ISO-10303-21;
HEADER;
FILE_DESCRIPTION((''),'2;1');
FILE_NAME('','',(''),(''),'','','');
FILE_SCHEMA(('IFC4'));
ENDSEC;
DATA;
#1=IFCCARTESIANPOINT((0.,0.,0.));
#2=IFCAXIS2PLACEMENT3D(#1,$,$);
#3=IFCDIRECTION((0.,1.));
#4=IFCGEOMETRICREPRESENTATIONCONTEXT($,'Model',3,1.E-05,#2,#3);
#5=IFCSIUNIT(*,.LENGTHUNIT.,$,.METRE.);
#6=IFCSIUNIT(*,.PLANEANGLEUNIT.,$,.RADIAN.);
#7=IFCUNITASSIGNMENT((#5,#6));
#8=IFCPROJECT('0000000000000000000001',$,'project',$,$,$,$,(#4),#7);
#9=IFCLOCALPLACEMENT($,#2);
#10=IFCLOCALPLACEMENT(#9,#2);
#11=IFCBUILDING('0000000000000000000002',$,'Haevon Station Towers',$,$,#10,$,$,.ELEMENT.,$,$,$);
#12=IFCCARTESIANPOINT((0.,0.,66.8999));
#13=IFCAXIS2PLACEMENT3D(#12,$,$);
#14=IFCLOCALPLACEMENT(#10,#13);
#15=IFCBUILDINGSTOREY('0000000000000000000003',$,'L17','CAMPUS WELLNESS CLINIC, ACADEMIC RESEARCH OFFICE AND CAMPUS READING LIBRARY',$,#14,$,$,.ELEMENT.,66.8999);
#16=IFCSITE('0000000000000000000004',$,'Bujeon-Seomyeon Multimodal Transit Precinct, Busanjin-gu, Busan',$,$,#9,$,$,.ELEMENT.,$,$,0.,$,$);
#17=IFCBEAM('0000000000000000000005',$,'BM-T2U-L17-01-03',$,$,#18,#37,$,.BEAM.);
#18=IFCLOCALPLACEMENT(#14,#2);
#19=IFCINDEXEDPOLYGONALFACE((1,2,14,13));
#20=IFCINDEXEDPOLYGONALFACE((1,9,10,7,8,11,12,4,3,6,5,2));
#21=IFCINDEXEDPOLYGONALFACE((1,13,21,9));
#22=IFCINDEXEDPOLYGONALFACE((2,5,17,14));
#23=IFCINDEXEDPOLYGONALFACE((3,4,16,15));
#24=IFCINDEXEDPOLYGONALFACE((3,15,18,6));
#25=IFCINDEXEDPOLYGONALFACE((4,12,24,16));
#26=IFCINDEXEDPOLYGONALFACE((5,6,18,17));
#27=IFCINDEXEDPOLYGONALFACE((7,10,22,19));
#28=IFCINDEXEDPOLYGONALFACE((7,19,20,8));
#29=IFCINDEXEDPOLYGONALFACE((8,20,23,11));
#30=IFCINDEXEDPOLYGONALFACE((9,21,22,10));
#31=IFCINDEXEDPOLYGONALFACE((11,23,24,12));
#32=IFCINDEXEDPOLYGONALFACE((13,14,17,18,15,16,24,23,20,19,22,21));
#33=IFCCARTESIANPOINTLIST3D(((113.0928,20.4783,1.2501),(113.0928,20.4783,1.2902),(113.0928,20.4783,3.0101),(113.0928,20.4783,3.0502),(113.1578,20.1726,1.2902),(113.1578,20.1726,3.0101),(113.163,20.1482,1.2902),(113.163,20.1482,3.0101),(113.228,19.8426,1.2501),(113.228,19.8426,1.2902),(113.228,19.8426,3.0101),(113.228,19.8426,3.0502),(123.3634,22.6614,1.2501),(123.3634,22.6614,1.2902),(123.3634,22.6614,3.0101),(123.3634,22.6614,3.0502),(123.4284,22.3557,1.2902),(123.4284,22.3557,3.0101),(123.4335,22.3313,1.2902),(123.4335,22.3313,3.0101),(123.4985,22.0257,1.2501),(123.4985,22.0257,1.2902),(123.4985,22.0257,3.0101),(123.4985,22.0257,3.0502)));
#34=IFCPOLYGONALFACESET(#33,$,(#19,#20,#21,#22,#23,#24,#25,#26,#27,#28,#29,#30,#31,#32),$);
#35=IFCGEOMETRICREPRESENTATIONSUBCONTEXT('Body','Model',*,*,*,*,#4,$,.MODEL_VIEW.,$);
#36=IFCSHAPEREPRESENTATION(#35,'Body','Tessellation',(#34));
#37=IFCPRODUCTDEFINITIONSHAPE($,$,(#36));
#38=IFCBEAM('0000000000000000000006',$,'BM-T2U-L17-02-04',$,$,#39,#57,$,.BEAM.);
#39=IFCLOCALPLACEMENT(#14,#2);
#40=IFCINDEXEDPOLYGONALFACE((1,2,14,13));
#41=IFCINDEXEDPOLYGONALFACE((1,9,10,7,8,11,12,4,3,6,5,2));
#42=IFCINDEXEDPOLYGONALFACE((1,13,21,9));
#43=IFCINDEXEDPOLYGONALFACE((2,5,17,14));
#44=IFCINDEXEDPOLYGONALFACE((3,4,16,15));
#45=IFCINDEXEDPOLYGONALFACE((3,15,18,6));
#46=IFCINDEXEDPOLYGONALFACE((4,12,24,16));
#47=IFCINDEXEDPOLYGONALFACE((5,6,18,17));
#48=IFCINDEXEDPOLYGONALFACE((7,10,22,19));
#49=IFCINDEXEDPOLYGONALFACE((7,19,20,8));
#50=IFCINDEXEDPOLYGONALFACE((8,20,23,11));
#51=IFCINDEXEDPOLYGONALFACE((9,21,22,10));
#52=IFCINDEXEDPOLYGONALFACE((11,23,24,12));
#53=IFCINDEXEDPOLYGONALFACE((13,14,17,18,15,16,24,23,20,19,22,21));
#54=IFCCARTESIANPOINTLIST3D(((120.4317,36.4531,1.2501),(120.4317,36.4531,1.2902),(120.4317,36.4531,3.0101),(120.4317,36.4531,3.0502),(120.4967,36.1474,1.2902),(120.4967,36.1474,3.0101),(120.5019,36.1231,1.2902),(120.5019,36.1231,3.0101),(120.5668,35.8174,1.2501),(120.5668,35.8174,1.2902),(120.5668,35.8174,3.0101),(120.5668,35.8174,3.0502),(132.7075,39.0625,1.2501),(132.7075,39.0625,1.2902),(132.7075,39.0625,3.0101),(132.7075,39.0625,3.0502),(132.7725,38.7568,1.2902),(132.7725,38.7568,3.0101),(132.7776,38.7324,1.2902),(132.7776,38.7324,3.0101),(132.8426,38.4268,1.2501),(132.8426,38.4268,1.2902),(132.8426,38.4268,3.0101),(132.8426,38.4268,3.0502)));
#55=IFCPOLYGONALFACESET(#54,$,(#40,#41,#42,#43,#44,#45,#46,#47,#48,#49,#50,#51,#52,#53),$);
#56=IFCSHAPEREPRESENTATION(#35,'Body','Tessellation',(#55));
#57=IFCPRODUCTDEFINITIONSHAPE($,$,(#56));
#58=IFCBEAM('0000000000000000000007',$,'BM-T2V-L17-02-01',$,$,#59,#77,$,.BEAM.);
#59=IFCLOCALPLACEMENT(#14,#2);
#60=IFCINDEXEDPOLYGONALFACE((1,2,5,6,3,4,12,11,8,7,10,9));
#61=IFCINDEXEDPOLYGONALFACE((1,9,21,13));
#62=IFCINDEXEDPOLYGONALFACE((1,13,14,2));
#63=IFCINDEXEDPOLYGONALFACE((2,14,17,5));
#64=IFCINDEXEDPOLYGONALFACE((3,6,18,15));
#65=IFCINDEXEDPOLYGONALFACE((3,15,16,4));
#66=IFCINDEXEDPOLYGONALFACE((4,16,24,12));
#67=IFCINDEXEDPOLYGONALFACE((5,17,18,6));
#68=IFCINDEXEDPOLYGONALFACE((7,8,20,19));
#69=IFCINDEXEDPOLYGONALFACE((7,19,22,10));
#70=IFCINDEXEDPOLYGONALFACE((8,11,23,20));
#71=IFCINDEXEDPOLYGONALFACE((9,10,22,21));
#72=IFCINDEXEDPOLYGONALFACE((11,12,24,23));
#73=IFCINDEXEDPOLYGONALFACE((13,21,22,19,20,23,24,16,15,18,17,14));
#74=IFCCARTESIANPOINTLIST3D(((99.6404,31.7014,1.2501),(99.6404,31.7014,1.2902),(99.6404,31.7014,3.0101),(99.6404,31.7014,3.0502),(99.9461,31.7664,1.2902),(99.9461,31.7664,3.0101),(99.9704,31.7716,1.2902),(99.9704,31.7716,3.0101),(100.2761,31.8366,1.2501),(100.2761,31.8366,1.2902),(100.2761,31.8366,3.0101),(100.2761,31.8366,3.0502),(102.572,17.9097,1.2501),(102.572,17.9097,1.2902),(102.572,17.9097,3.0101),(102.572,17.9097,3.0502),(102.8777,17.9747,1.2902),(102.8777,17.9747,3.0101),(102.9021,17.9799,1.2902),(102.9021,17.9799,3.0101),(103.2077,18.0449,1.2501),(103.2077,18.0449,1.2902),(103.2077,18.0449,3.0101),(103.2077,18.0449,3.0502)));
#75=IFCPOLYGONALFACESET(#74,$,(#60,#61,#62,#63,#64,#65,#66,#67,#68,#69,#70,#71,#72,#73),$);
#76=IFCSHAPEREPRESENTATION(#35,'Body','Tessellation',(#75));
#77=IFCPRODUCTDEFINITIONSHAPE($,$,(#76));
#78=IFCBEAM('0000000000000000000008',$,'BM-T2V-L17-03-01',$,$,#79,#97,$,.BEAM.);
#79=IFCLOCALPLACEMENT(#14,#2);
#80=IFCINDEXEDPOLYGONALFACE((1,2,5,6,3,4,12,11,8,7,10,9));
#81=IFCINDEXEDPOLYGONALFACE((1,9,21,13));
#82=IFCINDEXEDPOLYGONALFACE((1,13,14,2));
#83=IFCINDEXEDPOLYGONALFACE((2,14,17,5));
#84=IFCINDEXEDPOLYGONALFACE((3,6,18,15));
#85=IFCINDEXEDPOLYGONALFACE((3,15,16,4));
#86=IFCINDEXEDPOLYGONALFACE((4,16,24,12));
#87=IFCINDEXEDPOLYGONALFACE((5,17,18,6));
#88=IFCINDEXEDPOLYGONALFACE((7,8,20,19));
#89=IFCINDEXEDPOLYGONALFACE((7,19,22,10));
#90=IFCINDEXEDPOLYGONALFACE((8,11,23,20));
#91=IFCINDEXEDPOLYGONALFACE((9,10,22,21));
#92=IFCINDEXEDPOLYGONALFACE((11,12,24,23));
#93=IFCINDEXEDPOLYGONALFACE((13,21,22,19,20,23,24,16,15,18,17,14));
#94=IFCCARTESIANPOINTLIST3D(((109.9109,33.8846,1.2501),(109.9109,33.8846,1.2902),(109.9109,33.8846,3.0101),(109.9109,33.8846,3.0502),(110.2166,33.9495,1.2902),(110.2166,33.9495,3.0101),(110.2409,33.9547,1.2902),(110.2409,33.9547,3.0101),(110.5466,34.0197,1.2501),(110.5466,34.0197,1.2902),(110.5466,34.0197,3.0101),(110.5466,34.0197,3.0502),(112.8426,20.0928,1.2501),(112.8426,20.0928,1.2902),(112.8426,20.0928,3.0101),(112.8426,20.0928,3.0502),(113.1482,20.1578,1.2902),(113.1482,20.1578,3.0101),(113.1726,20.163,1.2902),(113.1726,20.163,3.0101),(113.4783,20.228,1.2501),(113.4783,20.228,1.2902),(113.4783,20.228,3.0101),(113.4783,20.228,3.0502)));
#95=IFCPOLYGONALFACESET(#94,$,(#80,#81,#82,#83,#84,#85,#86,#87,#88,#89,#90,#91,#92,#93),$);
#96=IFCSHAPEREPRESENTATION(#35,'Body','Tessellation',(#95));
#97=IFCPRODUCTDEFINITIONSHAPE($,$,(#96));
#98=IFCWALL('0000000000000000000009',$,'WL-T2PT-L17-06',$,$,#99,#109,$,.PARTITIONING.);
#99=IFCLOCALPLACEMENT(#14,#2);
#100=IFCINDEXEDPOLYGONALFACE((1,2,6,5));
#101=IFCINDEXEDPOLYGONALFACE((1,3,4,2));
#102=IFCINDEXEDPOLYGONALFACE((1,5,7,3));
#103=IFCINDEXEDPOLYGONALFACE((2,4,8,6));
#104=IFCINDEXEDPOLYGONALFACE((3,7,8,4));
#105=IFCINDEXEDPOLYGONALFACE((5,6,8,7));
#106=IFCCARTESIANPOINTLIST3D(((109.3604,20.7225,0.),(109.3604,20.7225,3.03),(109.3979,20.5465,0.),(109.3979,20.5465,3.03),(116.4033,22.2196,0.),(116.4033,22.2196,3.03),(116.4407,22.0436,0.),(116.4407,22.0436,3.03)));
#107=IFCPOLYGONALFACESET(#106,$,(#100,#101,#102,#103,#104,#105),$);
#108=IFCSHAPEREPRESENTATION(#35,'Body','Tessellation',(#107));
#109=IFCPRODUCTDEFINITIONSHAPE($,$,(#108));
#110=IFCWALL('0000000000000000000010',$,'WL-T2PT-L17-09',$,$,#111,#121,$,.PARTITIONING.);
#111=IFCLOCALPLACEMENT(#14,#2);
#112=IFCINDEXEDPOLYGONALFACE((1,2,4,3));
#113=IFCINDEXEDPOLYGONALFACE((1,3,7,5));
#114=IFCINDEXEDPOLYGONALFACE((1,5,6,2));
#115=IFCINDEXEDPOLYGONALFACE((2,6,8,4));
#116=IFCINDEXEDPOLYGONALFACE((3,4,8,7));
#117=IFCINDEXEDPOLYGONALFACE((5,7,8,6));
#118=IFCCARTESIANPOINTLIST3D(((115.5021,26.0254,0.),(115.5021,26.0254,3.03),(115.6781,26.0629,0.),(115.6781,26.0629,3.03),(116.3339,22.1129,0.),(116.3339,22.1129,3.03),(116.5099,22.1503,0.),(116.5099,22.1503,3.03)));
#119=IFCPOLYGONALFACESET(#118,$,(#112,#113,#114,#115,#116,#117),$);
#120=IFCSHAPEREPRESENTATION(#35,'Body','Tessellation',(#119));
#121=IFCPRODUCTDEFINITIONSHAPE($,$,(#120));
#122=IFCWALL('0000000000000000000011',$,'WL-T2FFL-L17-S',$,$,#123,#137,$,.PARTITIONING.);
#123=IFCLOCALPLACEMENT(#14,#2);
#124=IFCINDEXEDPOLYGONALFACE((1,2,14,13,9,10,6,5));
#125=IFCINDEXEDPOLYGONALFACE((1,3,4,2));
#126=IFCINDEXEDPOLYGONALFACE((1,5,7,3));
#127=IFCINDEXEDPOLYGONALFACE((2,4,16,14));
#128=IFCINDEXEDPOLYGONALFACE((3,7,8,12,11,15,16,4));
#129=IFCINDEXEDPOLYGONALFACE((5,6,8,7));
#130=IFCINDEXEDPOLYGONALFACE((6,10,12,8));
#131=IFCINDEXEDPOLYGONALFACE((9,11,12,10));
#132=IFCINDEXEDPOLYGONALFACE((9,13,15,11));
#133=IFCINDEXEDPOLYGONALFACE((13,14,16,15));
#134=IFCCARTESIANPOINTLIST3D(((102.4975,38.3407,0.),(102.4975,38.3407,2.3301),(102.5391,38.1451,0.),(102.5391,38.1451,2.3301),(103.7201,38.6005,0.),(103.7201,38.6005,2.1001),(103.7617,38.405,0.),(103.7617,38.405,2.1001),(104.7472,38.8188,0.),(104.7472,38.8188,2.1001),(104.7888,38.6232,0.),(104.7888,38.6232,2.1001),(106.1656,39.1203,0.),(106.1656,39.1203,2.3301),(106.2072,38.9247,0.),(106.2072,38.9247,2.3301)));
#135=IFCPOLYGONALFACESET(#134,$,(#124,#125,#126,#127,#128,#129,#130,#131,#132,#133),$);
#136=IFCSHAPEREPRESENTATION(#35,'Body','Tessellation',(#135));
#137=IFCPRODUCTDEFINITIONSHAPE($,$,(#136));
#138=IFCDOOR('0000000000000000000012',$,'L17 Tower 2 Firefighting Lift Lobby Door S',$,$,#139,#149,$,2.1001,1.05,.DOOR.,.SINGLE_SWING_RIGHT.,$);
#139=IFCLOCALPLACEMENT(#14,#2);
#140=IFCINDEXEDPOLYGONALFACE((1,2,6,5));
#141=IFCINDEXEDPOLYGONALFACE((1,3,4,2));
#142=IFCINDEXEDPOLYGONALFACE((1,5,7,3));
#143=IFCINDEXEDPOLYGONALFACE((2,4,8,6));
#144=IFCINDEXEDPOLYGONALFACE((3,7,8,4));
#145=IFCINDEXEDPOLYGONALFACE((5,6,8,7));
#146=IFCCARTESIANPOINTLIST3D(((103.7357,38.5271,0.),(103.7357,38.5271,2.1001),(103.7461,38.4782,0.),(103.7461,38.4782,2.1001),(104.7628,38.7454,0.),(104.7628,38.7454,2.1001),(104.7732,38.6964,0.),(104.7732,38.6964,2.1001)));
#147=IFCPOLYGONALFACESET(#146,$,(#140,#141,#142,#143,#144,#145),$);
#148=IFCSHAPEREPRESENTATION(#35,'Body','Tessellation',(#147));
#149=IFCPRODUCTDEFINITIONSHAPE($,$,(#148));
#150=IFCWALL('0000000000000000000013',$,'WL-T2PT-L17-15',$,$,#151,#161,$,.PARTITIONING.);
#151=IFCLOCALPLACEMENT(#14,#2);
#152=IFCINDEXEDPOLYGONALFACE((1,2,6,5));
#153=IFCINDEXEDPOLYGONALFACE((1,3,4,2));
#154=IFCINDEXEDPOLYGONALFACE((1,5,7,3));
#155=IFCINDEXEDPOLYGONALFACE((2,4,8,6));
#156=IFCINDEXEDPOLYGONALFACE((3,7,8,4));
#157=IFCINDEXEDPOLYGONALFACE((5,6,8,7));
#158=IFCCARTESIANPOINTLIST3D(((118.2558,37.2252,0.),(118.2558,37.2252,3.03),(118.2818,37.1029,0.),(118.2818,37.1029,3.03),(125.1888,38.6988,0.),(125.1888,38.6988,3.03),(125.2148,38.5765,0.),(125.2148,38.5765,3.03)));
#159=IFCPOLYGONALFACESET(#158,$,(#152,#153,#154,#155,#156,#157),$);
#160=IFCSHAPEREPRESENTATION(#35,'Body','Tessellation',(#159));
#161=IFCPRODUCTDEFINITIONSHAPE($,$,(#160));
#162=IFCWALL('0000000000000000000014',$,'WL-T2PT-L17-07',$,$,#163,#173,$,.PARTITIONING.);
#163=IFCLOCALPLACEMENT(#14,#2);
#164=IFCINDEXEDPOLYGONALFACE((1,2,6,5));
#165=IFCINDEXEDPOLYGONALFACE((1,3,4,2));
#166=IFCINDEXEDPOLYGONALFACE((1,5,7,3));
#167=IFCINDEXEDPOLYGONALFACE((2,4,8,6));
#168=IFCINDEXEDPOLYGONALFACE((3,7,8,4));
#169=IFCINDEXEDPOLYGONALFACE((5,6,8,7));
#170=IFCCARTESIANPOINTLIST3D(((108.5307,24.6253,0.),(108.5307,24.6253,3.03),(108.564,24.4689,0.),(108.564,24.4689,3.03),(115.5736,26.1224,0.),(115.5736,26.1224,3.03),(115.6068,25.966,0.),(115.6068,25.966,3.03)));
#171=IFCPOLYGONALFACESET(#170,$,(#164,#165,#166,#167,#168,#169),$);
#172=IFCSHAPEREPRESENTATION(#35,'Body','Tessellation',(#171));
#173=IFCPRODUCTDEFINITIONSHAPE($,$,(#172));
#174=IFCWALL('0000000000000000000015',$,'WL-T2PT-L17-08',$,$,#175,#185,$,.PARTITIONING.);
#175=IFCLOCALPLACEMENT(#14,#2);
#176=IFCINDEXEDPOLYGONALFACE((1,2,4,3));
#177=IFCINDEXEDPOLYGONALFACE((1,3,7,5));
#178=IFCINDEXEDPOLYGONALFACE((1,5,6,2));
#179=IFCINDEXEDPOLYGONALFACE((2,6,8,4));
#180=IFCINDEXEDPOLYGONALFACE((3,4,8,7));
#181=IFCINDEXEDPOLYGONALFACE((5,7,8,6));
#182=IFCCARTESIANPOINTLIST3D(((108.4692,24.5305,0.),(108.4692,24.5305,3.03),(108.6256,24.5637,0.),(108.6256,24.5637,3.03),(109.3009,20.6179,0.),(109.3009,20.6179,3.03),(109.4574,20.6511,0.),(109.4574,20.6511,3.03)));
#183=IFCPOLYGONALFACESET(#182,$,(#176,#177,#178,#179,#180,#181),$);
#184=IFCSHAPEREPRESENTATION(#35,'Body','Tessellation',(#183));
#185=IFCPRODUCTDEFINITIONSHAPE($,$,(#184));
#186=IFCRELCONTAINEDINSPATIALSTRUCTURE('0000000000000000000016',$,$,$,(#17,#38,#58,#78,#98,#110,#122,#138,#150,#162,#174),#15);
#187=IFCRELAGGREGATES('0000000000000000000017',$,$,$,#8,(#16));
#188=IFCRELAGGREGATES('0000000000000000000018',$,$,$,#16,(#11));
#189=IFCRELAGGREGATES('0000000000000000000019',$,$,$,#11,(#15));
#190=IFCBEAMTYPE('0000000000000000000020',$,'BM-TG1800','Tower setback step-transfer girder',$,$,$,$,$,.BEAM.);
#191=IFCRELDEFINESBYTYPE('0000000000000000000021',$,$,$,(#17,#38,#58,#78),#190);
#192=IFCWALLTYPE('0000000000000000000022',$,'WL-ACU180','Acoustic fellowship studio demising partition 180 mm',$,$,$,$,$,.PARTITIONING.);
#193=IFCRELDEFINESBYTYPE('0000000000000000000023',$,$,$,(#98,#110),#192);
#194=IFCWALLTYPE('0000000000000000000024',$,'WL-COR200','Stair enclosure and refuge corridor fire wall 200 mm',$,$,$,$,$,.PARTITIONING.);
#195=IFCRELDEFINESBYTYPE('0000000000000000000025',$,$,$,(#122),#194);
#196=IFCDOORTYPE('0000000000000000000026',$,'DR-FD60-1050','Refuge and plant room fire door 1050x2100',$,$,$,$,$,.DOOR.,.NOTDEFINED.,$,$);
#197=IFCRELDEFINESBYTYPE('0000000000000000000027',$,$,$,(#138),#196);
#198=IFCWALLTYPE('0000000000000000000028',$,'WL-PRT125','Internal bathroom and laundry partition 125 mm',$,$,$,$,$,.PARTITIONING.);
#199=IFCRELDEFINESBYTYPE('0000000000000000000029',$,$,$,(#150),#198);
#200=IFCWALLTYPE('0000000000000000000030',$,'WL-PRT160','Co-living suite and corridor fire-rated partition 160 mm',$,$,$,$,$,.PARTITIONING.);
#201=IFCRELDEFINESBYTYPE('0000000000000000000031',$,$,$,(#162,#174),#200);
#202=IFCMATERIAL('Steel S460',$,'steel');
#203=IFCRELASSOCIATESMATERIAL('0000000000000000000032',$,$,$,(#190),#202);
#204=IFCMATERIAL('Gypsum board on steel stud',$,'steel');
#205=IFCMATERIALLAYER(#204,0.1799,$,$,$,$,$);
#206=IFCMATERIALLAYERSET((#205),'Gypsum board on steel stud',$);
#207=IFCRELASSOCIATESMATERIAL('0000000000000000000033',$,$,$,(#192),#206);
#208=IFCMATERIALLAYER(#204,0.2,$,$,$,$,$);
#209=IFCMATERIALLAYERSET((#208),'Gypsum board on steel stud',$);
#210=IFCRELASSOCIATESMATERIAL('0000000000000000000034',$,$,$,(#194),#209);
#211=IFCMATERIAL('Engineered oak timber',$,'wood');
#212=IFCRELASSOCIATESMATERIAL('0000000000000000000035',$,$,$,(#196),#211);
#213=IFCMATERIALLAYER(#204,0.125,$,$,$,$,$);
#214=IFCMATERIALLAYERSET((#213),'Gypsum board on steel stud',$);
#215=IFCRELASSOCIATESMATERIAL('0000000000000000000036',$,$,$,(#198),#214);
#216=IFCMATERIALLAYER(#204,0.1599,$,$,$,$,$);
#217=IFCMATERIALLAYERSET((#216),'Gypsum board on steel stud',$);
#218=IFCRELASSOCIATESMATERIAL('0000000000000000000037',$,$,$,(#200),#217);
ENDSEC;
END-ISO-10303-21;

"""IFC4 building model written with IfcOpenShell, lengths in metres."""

from ifc_helpers import new_model, si_unit, direction, frame, frame_2d, origin, origin_2d, place, context, subcontext, project, spatial, rectangle, i_section, extrude, material, layer, layer_set, material_profile, profile_set, type_object, element, fill, save


model = new_model("IFC4")

# Units and contexts
model_context = context("Model", 3, precision=1e-05, world=origin(), true_north=direction((0.0, 1.0)))
body_context = subcontext(model_context, "Body", "Model", "MODEL_VIEW")
ifc_project = project(units=[si_unit("LENGTHUNIT", "METRE"), si_unit("PLANEANGLEUNIT", "RADIAN")], contexts=[model_context])

# Site, building, storey
site_placement = place(None, origin())
site = spatial("IfcSite", under=ifc_project, at=site_placement, Name="Bujeon-Seomyeon Multimodal Transit Precinct, Busanjin-gu, Busan", CompositionType="ELEMENT", RefElevation=0.0)
building_placement = place(site_placement, origin())
building = spatial("IfcBuilding", under=site, at=building_placement, Name="Haevon Station Towers", CompositionType="ELEMENT")
storey_placement = place(building_placement, frame((0.0, 0.0, 66.8999)))
storey = spatial("IfcBuildingStorey", under=building, at=storey_placement, Name="L17", Description="CAMPUS WELLNESS CLINIC, ACADEMIC RESEARCH OFFICE AND CAMPUS READING LIBRARY", CompositionType="ELEMENT", Elevation=66.8999)

# Shared definitions
ifc_material_1 = material(Name="Steel S460", Category="steel")

# Beams
ifc_material_profile_1 = material_profile(ifc_material_1, i_section(OverallWidth=0.6499, OverallDepth=1.8, WebThickness=0.0249, FlangeThickness=0.04, at=origin_2d()), Name="H-1800x650x25x40")
ifc_profile_set_1 = profile_set([ifc_material_profile_1], Name="Steel S460")
beam_type_1 = type_object("IfcBeamType", Name="BM-TG1800", Description="Tower setback step-transfer girder", PredefinedType="BEAM", material=ifc_profile_set_1)
for number, where, z_axis, x_axis, name in (
    (1, (113.1604, 20.1604, 2.1501), (0.978147, 0.207915, 0.0), (-0.207915, 0.978147, 0.0), "BM-T2U-L17-01-03"),
):
    element("IfcBeam", number, at=place(storey_placement, frame(where, z_axis=z_axis, x_axis=x_axis)), inside=storey, type_object=beam_type_1, Name=name, PredefinedType="BEAM", context=body_context, shape_type="SweptSolid", body=[
        extrude(i_section(OverallWidth=0.6499, OverallDepth=1.8, WebThickness=0.0249, FlangeThickness=0.04, at=origin_2d()), origin(), (0.0, 0.0, 1.0), 10.5),
    ])
beam_1_placement = place(storey_placement, frame((120.4993, 36.1353, 2.1501), z_axis=(0.978147, 0.207916, 0.0), x_axis=(-0.207916, 0.978147, 0.0)))
element("IfcBeam", 2, at=beam_1_placement, inside=storey, type_object=beam_type_1, Name="BM-T2U-L17-02-04", PredefinedType="BEAM", context=body_context, shape_type="SweptSolid", body=[
    extrude(i_section(OverallWidth=0.6499, OverallDepth=1.8, WebThickness=0.0249, FlangeThickness=0.04, at=origin_2d()), origin(), (0.0, 0.0, 1.0), 12.55),
])
for number, where, z_axis, x_axis, name in (
    (3, (102.8899, 17.9773, 2.1501), (-0.207919, 0.978146, 0.0), (-0.978146, -0.207919, 0.0), "BM-T2V-L17-02-01"),
    (4, (113.1604, 20.1604, 2.1501), (-0.207919, 0.978146, 0.0), (-0.978146, -0.207919, 0.0), "BM-T2V-L17-03-01"),
):
    element("IfcBeam", number, at=place(storey_placement, frame(where, z_axis=z_axis, x_axis=x_axis)), inside=storey, type_object=beam_type_1, Name=name, PredefinedType="BEAM", context=body_context, shape_type="SweptSolid", body=[
        extrude(i_section(OverallWidth=0.6499, OverallDepth=1.8, WebThickness=0.0249, FlangeThickness=0.04, at=origin_2d()), origin(), (0.0, 0.0, 1.0), 14.0999),
    ])

# Walls
ifc_material_2 = material(Name="Gypsum board on steel stud", Category="steel")
ifc_layer_1 = layer(ifc_material_2, 0.1799)
ifc_layer_set_1 = layer_set([ifc_layer_1], Name="Gypsum board on steel stud")
wall_type_1 = type_object("IfcWallType", Name="WL-ACU180", Description="Acoustic fellowship studio demising partition 180 mm", PredefinedType="PARTITIONING", material=ifc_layer_set_1)
wall_1_placement = place(storey_placement, frame((109.3792, 20.6345, 0.0), z_axis=(0.0, 0.0, 1.0), x_axis=(0.978145, 0.207924, 0.0)))
element("IfcWall", 5, at=wall_1_placement, inside=storey, type_object=wall_type_1, Name="WL-T2PT-L17-06", PredefinedType="PARTITIONING", context=body_context, shape_type="SweptSolid", body=[
    extrude(rectangle(XDim=7.2002, YDim=0.1799, at=frame_2d((3.6001, 0.0))), origin(), (0.0, 0.0, 1.0), 3.03),
])
wall_2_placement = place(storey_placement, frame((116.4219, 22.1316, 0.0), z_axis=(0.0, 0.0, 1.0), x_axis=(-0.207945, 0.978141, 0.0)))
element("IfcWall", 6, at=wall_2_placement, inside=storey, type_object=wall_type_1, Name="WL-T2PT-L17-09", PredefinedType="PARTITIONING", context=body_context, shape_type="SweptSolid", body=[
    extrude(rectangle(XDim=4.0, YDim=0.1799, at=frame_2d((2.0, 0.0))), origin(), (0.0, 0.0, 1.0), 3.03),
])

# Wall, opening, door
ifc_layer_2 = layer(ifc_material_2, 0.2)
ifc_layer_set_2 = layer_set([ifc_layer_2], Name="Gypsum board on steel stud")
wall_type_2 = type_object("IfcWallType", Name="WL-COR200", Description="Stair enclosure and refuge corridor fire wall 200 mm", PredefinedType="PARTITIONING", material=ifc_layer_set_2)
wall_3_placement = place(storey_placement, frame((102.5183, 38.2429, 0.0), z_axis=(0.0, 0.0, 1.0), x_axis=(0.978154, 0.207884, 0.0)))
wall_3 = element("IfcWall", 7, at=wall_3_placement, inside=storey, type_object=wall_type_2, Name="WL-T2FFL-L17-S", PredefinedType="PARTITIONING", context=body_context, shape_type="SweptSolid", body=[
    extrude(rectangle(XDim=3.75, YDim=0.2, at=frame_2d((1.875, 0.0))), origin(), (0.0, 0.0, 1.0), 2.3301),
])
opening_placement = place(wall_3_placement, frame((1.25, 0.0, 0.0)))
opening = element("IfcOpeningElement", 8, at=opening_placement, cuts=wall_3, PredefinedType="OPENING", context=body_context, shape_type="SweptSolid", body=[
    extrude(rectangle(XDim=1.05, YDim=2.1001, at=frame_2d((0.5249, 1.05))), frame((0.0, 0.1099, 0.0), z_axis=(0.0, -1.0, 0.0), x_axis=(1.0, 0.0, 0.0)), (0.0, 0.0, 1.0), 0.22),
])
ifc_material_3 = material(Name="Engineered oak timber", Category="wood")
door_type = type_object("IfcDoorType", Name="DR-FD60-1050", Description="Refuge and plant room fire door 1050x2100", OperationType="NOTDEFINED", PredefinedType="DOOR", material=ifc_material_3)
door_placement = place(opening_placement, origin())
door = element("IfcDoor", 9, at=door_placement, inside=storey, type_object=door_type, Name="L17 Tower 2 Firefighting Lift Lobby Door S", OperationType="SINGLE_SWING_RIGHT", OverallHeight=2.1001, OverallWidth=1.05, PredefinedType="DOOR", context=body_context, shape_type="SweptSolid", body=[
    extrude(rectangle(XDim=1.05, YDim=2.1001, at=frame_2d((0.5249, 1.05))), frame((0.0, 0.0249, 0.0), z_axis=(0.0, -1.0, 0.0), x_axis=(1.0, 0.0, 0.0)), (0.0, 0.0, 1.0), 0.05),
])
fill(opening, door)

# Walls
ifc_layer_3 = layer(ifc_material_2, 0.125)
ifc_layer_set_3 = layer_set([ifc_layer_3], Name="Gypsum board on steel stud")
wall_type_3 = type_object("IfcWallType", Name="WL-PRT125", Description="Internal bathroom and laundry partition 125 mm", PredefinedType="PARTITIONING", material=ifc_layer_set_3)
wall_4_placement = place(storey_placement, frame((118.2688, 37.1641, 0.0), z_axis=(0.0, 0.0, 1.0), x_axis=(0.978149, 0.207906, 0.0)))
element("IfcWall", 10, at=wall_4_placement, inside=storey, type_object=wall_type_3, Name="WL-T2PT-L17-15", PredefinedType="PARTITIONING", context=body_context, shape_type="SweptSolid", body=[
    extrude(rectangle(XDim=7.0879, YDim=0.125, at=frame_2d((3.5439, 0.0))), origin(), (0.0, 0.0, 1.0), 3.03),
])
ifc_layer_4 = layer(ifc_material_2, 0.1599)
ifc_layer_set_4 = layer_set([ifc_layer_4], Name="Gypsum board on steel stud")
wall_type_4 = type_object("IfcWallType", Name="WL-PRT160", Description="Co-living suite and corridor fire-rated partition 160 mm", PredefinedType="PARTITIONING", material=ifc_layer_set_4)
wall_5_placement = place(storey_placement, frame((108.5474, 24.5471, 0.0), z_axis=(0.0, 0.0, 1.0), x_axis=(0.978145, 0.207924, 0.0)))
element("IfcWall", 11, at=wall_5_placement, inside=storey, type_object=wall_type_4, Name="WL-T2PT-L17-07", PredefinedType="PARTITIONING", context=body_context, shape_type="SweptSolid", body=[
    extrude(rectangle(XDim=7.2002, YDim=0.1599, at=frame_2d((3.6001, 0.0))), origin(), (0.0, 0.0, 1.0), 3.03),
])
wall_6_placement = place(storey_placement, frame((109.3792, 20.6345, 0.0), z_axis=(0.0, 0.0, 1.0), x_axis=(-0.207945, 0.978141, 0.0)))
element("IfcWall", 12, at=wall_6_placement, inside=storey, type_object=wall_type_4, Name="WL-T2PT-L17-08", PredefinedType="PARTITIONING", context=body_context, shape_type="SweptSolid", body=[
    extrude(rectangle(XDim=4.0, YDim=0.1599, at=frame_2d((2.0, 0.0))), origin(), (0.0, 0.0, 1.0), 3.03),
])

save(model, "model.ifc")
